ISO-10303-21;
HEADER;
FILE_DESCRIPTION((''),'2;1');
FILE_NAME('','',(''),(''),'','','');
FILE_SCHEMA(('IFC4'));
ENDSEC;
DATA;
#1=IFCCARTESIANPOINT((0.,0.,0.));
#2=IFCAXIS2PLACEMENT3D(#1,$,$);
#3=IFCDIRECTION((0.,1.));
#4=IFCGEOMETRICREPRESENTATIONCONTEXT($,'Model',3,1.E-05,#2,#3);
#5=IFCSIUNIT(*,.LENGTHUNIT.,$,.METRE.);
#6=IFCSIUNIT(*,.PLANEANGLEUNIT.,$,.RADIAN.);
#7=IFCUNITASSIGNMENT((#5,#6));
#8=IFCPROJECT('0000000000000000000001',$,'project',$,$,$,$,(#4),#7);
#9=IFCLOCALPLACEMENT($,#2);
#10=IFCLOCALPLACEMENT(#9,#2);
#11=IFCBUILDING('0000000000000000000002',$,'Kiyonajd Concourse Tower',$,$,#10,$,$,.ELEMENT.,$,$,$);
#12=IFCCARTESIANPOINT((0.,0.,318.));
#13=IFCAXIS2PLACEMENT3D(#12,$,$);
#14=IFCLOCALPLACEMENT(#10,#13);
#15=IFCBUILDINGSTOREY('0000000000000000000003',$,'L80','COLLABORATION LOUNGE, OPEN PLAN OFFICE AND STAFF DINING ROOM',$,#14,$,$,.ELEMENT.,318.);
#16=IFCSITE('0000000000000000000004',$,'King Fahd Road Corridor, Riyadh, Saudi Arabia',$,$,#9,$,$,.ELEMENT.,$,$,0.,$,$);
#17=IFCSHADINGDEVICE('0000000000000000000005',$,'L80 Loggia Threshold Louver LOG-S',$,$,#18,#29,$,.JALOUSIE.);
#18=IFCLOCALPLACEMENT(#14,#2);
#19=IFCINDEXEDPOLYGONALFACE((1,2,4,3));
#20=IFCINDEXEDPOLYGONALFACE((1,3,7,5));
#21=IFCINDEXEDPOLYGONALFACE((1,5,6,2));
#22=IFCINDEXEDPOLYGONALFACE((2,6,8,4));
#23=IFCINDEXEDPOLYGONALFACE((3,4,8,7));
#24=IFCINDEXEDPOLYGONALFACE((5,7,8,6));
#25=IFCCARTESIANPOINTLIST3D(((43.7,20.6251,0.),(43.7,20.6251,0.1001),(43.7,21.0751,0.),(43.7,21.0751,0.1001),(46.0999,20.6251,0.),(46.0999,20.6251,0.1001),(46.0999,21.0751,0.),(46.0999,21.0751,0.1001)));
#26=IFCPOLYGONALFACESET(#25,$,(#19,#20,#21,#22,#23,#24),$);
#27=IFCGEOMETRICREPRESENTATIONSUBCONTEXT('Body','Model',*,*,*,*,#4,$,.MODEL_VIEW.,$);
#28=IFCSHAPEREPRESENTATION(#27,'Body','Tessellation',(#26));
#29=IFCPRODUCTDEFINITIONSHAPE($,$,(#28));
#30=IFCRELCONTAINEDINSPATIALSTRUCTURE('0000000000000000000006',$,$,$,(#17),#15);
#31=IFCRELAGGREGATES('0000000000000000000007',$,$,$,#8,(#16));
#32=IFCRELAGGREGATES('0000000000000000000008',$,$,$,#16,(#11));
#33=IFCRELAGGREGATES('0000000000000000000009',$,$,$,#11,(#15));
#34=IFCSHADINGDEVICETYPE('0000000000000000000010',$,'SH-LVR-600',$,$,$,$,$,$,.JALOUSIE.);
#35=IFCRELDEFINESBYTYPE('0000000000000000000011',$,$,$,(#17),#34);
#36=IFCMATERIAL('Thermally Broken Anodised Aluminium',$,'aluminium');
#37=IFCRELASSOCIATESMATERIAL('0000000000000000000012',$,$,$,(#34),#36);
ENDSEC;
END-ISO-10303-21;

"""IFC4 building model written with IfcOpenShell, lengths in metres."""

from ifc_helpers import new_model, si_unit, direction, frame, origin, origin_2d, place, context, subcontext, project, spatial, rectangle, extrude, material, type_object, element, save


model = new_model("IFC4")

# Units and contexts
model_context = context("Model", 3, precision=1e-05, world=origin(), true_north=direction((0.0, 1.0)))
body_context = subcontext(model_context, "Body", "Model", "MODEL_VIEW")
ifc_project = project(units=[si_unit("LENGTHUNIT", "METRE"), si_unit("PLANEANGLEUNIT", "RADIAN")], contexts=[model_context])

# Site, building, storey
site_placement = place(None, origin())
site = spatial("IfcSite", under=ifc_project, at=site_placement, Name="King Fahd Road Corridor, Riyadh, Saudi Arabia", CompositionType="ELEMENT", RefElevation=0.0)
building_placement = place(site_placement, origin())
building = spatial("IfcBuilding", under=site, at=building_placement, Name="Kiyonajd Concourse Tower", CompositionType="ELEMENT")
storey_placement = place(building_placement, frame((0.0, 0.0, 318.0)))
storey = spatial("IfcBuildingStorey", under=building, at=storey_placement, Name="L80", Description="COLLABORATION LOUNGE, OPEN PLAN OFFICE AND STAFF DINING ROOM", CompositionType="ELEMENT", Elevation=318.0)

# Shared definitions
ifc_material_1 = material(Name="Thermally Broken Anodised Aluminium", Category="aluminium")

# Shading device
shading_device_type_1 = type_object("IfcShadingDeviceType", Name="SH-LVR-600", PredefinedType="JALOUSIE", material=ifc_material_1)
shading_device_1_placement = place(storey_placement, frame((44.8999, 20.8501, 0.0), z_axis=(0.0, 0.0, 1.0), x_axis=(1.0, 0.0, 0.0)))
element("IfcShadingDevice", 1, at=shading_device_1_placement, inside=storey, type_object=shading_device_type_1, Name="L80 Loggia Threshold Louver LOG-S", PredefinedType="JALOUSIE", context=body_context, shape_type="SweptSolid", body=[
    extrude(rectangle(XDim=2.3999, YDim=0.45, at=origin_2d()), origin(), (0.0, 0.0, 1.0), 0.1001),
])

save(model, "model.ifc")
